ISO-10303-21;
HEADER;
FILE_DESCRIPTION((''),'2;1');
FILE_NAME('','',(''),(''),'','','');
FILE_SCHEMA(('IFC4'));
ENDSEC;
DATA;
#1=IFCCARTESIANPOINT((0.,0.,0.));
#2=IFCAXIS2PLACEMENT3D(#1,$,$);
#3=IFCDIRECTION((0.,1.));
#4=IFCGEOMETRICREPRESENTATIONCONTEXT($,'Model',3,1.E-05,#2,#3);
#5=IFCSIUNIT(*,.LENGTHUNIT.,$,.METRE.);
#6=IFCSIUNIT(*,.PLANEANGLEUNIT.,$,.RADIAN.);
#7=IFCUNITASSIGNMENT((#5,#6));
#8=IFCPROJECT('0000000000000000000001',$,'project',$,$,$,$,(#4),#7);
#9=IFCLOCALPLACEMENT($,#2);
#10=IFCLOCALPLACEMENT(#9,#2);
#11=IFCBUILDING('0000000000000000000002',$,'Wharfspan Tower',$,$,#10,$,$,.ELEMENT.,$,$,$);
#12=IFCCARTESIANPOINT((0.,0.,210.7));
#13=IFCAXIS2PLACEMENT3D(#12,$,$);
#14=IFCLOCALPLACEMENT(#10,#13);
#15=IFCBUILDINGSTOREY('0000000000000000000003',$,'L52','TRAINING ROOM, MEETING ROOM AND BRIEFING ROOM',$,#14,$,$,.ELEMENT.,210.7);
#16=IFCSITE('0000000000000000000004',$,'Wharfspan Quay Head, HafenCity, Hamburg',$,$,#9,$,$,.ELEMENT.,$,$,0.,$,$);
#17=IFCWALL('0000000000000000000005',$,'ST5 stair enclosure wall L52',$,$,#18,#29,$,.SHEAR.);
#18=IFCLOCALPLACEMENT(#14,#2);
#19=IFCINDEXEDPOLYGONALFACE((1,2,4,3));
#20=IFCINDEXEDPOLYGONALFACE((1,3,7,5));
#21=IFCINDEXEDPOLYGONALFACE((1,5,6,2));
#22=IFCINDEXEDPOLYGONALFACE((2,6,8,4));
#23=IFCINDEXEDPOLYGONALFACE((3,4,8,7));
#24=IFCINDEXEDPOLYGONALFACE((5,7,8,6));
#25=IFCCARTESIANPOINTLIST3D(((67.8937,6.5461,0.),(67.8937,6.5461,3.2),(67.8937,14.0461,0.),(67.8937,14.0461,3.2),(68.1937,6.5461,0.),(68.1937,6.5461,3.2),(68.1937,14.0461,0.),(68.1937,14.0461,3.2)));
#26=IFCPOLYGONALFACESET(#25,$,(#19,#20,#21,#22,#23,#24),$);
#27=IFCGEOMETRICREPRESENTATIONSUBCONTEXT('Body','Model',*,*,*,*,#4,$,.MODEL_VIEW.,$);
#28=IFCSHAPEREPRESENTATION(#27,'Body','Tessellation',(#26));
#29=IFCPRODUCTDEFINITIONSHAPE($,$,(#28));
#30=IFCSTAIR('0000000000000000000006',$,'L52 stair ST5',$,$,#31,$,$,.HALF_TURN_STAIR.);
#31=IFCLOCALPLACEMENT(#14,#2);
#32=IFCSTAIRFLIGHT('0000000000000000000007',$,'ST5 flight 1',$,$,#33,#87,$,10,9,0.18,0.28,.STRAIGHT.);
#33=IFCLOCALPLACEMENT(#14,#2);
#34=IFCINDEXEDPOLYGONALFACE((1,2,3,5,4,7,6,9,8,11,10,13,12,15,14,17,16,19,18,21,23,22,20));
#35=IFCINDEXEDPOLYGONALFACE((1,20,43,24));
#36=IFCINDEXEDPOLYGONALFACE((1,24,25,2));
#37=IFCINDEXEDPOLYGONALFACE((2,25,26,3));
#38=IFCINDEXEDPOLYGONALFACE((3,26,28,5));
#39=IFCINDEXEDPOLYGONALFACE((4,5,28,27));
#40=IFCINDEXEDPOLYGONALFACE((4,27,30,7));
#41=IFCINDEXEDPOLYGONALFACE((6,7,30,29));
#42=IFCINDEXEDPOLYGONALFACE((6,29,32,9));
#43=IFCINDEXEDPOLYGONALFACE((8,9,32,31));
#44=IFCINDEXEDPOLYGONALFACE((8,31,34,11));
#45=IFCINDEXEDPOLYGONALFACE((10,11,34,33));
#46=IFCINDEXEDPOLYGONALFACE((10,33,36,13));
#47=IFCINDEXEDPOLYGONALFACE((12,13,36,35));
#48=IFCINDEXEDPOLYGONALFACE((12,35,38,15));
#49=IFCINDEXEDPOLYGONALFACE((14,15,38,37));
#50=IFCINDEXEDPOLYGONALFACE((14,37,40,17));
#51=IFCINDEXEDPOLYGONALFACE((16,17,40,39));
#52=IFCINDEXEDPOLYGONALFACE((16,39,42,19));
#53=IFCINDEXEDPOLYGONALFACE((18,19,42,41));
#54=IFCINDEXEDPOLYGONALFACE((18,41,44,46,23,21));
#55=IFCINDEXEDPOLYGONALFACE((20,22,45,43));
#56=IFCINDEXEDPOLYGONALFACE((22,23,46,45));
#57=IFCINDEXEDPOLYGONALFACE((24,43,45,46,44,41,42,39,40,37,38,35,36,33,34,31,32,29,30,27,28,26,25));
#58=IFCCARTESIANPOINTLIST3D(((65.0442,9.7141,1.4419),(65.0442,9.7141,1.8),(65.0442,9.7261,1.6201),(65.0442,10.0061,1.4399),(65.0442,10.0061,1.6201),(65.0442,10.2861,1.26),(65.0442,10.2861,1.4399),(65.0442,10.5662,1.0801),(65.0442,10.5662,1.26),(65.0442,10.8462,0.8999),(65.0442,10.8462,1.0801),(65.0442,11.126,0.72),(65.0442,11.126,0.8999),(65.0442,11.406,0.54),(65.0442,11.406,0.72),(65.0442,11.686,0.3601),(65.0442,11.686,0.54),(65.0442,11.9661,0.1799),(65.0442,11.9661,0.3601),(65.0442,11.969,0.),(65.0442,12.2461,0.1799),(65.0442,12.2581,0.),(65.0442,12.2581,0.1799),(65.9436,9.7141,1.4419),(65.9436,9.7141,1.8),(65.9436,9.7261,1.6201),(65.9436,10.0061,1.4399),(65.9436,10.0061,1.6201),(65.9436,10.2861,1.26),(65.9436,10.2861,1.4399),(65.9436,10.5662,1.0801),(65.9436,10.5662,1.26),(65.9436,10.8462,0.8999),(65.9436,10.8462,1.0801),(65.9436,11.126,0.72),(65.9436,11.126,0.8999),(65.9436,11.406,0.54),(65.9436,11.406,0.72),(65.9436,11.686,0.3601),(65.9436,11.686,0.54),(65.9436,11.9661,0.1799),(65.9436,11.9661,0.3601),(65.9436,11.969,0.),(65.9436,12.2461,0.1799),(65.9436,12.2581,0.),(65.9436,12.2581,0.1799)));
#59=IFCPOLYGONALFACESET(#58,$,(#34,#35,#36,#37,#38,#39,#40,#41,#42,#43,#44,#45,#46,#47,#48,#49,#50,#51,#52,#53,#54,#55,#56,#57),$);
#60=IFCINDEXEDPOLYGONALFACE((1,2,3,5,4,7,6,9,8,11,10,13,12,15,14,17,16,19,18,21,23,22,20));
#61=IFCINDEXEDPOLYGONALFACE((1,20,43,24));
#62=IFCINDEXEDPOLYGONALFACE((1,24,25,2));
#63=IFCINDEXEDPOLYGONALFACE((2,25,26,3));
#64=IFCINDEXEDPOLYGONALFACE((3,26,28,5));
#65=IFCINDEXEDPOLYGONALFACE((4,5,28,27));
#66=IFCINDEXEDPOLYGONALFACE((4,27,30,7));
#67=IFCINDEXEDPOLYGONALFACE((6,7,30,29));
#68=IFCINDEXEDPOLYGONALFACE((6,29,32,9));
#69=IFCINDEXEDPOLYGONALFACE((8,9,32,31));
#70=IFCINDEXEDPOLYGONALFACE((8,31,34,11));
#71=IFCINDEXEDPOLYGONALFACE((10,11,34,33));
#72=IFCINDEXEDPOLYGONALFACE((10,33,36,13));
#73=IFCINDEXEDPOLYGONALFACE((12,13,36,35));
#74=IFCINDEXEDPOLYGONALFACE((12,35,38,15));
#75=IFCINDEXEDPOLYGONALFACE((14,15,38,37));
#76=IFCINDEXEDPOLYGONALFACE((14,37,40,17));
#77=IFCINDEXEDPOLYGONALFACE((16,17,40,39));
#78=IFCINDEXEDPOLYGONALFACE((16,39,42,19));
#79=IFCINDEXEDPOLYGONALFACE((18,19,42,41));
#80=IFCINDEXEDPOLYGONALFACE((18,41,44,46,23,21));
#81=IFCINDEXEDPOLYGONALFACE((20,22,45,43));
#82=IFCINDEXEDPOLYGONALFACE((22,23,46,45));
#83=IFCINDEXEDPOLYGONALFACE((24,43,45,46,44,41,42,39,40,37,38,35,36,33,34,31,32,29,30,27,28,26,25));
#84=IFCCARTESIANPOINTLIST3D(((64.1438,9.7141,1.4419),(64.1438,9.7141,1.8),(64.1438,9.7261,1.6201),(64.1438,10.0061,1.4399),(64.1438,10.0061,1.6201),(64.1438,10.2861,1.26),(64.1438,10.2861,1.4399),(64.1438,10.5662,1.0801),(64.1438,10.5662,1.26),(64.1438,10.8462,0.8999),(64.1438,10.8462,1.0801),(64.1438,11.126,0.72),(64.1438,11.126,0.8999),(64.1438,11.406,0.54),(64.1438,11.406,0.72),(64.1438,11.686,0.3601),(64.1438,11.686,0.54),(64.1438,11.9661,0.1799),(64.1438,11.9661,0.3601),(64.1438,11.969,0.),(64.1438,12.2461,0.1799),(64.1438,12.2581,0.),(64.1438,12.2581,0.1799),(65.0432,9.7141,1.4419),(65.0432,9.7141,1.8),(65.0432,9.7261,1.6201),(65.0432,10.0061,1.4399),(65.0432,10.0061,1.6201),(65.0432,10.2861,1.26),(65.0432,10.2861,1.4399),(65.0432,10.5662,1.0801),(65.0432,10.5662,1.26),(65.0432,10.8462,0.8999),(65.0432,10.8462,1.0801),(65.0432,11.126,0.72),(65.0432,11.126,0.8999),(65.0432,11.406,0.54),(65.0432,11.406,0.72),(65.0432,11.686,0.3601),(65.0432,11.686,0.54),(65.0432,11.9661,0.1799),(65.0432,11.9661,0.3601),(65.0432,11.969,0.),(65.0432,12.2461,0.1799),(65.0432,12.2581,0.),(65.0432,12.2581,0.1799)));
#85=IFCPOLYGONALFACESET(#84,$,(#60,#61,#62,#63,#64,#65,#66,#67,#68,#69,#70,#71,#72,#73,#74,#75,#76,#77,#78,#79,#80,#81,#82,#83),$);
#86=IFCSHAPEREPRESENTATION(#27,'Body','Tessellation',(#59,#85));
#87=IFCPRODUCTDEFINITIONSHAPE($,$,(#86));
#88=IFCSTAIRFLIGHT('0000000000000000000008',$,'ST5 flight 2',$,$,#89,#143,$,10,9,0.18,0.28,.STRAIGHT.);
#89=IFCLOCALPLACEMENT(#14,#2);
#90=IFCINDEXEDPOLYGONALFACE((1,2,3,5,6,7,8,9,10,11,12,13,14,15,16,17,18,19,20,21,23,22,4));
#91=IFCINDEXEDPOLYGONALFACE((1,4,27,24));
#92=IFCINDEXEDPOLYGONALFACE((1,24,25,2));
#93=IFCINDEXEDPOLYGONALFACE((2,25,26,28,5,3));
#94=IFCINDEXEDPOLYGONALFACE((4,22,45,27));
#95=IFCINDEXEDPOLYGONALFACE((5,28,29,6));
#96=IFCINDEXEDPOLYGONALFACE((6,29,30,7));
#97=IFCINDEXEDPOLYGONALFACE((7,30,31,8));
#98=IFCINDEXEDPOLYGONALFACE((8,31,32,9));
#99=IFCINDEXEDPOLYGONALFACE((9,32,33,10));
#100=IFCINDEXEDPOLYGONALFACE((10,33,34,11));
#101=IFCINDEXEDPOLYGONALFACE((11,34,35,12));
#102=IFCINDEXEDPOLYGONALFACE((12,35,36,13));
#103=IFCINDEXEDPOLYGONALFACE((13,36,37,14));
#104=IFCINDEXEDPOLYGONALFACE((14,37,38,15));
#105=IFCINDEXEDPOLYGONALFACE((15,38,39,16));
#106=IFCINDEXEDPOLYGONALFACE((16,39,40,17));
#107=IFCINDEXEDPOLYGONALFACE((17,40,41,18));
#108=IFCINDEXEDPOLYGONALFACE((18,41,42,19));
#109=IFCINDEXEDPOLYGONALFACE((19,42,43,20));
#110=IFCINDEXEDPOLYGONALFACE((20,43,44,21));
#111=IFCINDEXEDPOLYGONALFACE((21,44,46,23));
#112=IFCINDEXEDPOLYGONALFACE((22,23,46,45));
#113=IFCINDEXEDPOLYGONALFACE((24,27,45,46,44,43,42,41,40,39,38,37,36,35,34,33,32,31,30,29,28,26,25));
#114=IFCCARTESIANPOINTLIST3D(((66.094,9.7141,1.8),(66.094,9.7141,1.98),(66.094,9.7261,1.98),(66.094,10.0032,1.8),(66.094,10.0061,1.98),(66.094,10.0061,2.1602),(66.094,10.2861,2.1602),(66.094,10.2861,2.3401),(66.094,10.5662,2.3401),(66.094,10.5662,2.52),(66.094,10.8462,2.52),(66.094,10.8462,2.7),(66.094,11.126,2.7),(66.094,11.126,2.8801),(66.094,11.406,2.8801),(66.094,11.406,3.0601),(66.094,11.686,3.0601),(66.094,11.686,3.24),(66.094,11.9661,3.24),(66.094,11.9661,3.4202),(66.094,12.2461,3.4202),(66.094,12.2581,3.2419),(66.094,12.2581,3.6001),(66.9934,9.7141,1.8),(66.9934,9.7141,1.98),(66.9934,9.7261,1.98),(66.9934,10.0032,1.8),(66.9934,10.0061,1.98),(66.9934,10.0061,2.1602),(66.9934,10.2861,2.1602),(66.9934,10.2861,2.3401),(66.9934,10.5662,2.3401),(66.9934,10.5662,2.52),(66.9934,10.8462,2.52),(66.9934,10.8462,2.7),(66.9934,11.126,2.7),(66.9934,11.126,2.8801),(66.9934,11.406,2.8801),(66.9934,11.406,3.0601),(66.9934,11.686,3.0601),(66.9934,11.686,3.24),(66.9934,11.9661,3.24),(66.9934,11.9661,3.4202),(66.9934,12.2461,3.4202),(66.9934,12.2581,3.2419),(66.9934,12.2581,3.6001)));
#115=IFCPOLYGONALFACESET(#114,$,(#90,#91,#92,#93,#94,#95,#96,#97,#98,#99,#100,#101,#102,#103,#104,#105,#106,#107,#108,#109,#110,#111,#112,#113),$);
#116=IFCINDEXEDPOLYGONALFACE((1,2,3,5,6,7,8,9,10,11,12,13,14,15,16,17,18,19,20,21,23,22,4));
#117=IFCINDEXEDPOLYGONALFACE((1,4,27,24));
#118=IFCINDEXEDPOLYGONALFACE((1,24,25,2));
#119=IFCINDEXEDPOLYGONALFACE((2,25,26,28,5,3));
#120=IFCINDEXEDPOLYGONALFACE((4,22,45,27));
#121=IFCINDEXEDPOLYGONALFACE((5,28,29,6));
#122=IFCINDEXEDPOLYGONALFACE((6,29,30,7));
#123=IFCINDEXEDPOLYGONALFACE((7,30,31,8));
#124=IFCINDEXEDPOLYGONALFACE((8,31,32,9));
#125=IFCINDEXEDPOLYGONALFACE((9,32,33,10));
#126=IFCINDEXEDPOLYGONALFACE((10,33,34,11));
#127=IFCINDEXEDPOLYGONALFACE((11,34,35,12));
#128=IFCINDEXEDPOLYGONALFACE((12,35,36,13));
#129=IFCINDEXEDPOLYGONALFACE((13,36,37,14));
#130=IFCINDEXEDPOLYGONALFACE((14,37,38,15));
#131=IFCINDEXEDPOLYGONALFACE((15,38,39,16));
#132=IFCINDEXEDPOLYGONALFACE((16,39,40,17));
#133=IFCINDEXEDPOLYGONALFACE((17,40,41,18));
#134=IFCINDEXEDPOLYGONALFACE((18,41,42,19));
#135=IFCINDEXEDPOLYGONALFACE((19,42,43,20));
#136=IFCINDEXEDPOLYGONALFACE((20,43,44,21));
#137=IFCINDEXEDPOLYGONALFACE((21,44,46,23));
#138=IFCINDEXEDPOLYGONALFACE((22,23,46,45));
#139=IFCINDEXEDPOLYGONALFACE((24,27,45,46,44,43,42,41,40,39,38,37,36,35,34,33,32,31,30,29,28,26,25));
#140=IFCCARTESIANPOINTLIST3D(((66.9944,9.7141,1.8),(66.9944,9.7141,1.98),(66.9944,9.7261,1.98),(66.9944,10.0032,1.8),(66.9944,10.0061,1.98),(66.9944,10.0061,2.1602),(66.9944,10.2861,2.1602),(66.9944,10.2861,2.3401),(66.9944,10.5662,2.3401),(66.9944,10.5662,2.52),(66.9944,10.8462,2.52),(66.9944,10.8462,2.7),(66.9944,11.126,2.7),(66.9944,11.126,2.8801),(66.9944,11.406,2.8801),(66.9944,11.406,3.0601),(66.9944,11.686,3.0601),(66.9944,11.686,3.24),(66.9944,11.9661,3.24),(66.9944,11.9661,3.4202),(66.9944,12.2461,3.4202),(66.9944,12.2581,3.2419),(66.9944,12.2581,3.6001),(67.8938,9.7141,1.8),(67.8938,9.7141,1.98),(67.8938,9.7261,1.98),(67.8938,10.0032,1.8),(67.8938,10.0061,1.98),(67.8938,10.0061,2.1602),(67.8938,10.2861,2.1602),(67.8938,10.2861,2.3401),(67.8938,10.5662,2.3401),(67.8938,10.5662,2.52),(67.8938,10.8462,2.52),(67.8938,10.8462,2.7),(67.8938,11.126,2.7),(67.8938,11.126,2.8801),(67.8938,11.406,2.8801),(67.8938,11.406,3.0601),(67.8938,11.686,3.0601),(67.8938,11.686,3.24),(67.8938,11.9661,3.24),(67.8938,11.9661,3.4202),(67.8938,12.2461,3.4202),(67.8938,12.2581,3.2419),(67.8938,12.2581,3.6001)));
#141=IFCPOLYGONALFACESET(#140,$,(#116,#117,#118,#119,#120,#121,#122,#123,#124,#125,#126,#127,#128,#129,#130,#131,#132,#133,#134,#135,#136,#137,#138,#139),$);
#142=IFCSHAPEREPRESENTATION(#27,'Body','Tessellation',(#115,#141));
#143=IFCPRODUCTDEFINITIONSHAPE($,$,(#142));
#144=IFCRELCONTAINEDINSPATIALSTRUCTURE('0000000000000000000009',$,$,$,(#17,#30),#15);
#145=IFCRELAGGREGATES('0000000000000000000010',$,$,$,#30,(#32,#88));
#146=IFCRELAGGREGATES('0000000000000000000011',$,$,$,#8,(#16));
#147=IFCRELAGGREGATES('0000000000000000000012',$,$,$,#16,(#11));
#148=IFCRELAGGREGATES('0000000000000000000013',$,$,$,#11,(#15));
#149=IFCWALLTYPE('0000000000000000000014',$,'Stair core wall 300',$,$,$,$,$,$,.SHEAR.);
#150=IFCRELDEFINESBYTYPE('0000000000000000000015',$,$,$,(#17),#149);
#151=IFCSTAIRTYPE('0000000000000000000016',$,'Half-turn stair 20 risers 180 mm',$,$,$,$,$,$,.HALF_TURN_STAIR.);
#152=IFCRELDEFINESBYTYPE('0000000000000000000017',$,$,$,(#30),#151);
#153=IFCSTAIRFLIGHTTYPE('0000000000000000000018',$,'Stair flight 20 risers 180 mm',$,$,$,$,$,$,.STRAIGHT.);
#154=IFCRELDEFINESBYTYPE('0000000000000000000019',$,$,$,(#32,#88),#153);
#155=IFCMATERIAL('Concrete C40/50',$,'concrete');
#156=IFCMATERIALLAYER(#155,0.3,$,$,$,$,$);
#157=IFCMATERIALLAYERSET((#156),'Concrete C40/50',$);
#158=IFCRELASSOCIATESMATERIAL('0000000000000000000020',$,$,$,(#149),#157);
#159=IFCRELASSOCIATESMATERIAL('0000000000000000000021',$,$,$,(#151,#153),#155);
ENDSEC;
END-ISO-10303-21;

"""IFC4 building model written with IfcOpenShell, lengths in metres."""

from ifc_helpers import new_model, si_unit, direction, frame, frame_2d, origin, place, context, subcontext, project, spatial, polyline, rectangle, outline, extrude, material, layer, layer_set, type_object, element, aggregate, save


model = new_model("IFC4")

# Units and contexts
model_context = context("Model", 3, precision=1e-05, world=origin(), true_north=direction((0.0, 1.0)))
body_context = subcontext(model_context, "Body", "Model", "MODEL_VIEW")
ifc_project = project(units=[si_unit("LENGTHUNIT", "METRE"), si_unit("PLANEANGLEUNIT", "RADIAN")], contexts=[model_context])

# Site, building, storey
site_placement = place(None, origin())
site = spatial("IfcSite", under=ifc_project, at=site_placement, Name="Wharfspan Quay Head, HafenCity, Hamburg", CompositionType="ELEMENT", RefElevation=0.0)
building_placement = place(site_placement, origin())
building = spatial("IfcBuilding", under=site, at=building_placement, Name="Wharfspan Tower", CompositionType="ELEMENT")
storey_placement = place(building_placement, frame((0.0, 0.0, 210.7)))
storey = spatial("IfcBuildingStorey", under=building, at=storey_placement, Name="L52", Description="TRAINING ROOM, MEETING ROOM AND BRIEFING ROOM", CompositionType="ELEMENT", Elevation=210.7)

# Wall
ifc_material_1 = material(Name="Concrete C40/50", Category="concrete")
ifc_layer_1 = layer(ifc_material_1, 0.3)
ifc_layer_set_1 = layer_set([ifc_layer_1], Name="Concrete C40/50")
wall_type_1 = type_object("IfcWallType", Name="Stair core wall 300", PredefinedType="SHEAR", material=ifc_layer_set_1)
wall_1_placement = place(storey_placement, frame((68.0437, 6.5461, 0.0), z_axis=(0.0, 0.0, 1.0), x_axis=(0.0, 1.0, 0.0)))
element("IfcWall", 1, at=wall_1_placement, inside=storey, type_object=wall_type_1, Name="ST5 stair enclosure wall L52", PredefinedType="SHEAR", context=body_context, shape_type="SweptSolid", body=[
    extrude(rectangle(XDim=7.5, YDim=0.3, at=frame_2d((3.75, 0.0))), origin(), (0.0, 0.0, 1.0), 3.2),
])

# Stair, stair flights
stair_type = type_object("IfcStairType", Name="Half-turn stair 20 risers 180 mm", PredefinedType="HALF_TURN_STAIR", material=ifc_material_1)
stair_placement = place(storey_placement, origin())
stair = element("IfcStair", 2, at=stair_placement, inside=storey, type_object=stair_type, Name="L52 stair ST5", PredefinedType="HALF_TURN_STAIR")
stair_flight_type = type_object("IfcStairFlightType", Name="Stair flight 20 risers 180 mm", PredefinedType="STRAIGHT", material=ifc_material_1)
stair_flight_1_placement = place(storey_placement, frame((65.0437, 12.2461, 0.0), z_axis=(0.0, 0.0, 1.0), x_axis=(0.0, -1.0, 0.0)))
stair_flight_1 = element("IfcStairFlight", 3, at=stair_flight_1_placement, type_object=stair_flight_type, Name="ST5 flight 1", NumberOfRisers=10, NumberOfTreads=9, PredefinedType="STRAIGHT", RiserHeight=0.18, TreadLength=0.28, context=body_context, shape_type="SweptSolid", body=[
    extrude(outline(polyline([(-0.012, 0.0), (-0.012, 0.1799), (0.0, 0.1799), (0.28, 0.1799), (0.28, 0.3601), (0.5601, 0.3601), (0.5601, 0.54), (0.8401, 0.54), (0.8401, 0.72), (1.1201, 0.72), (1.1201, 0.8999), (1.3999, 0.8999), (1.3999, 1.0801), (1.6799, 1.0801), (1.6799, 1.26), (1.96, 1.26), (1.96, 1.4399), (2.24, 1.4399), (2.24, 1.6201), (2.52, 1.6201), (2.532, 1.8), (2.532, 1.4419), (0.2771, 0.0), (-0.012, 0.0)])), frame((0.0, 0.8999, 0.0), z_axis=(0.0, -1.0, 0.0), x_axis=(1.0, 0.0, 0.0)), (0.0, 0.0, 1.0), 0.8994),
    extrude(outline(polyline([(-0.012, 0.0), (-0.012, 0.1799), (0.0, 0.1799), (0.28, 0.1799), (0.28, 0.3601), (0.5601, 0.3601), (0.5601, 0.54), (0.8401, 0.54), (0.8401, 0.72), (1.1201, 0.72), (1.1201, 0.8999), (1.3999, 0.8999), (1.3999, 1.0801), (1.6799, 1.0801), (1.6799, 1.26), (1.96, 1.26), (1.96, 1.4399), (2.24, 1.4399), (2.24, 1.6201), (2.52, 1.6201), (2.532, 1.8), (2.532, 1.4419), (0.2771, 0.0), (-0.012, 0.0)])), frame((0.0, -0.0005, 0.0), z_axis=(0.0, -1.0, 0.0), x_axis=(1.0, 0.0, 0.0)), (0.0, 0.0, 1.0), 0.8994),
])
stair_flight_2_placement = place(storey_placement, frame((66.9939, 9.7261, 1.8), z_axis=(0.0, 0.0, 1.0), x_axis=(0.0, 1.0, 0.0)))
stair_flight_2 = element("IfcStairFlight", 4, at=stair_flight_2_placement, type_object=stair_flight_type, Name="ST5 flight 2", NumberOfRisers=10, NumberOfTreads=9, PredefinedType="STRAIGHT", RiserHeight=0.18, TreadLength=0.28, context=body_context, shape_type="SweptSolid", body=[
    extrude(outline(polyline([(-0.012, 0.0), (-0.012, 0.1799), (0.0, 0.1799), (0.28, 0.1799), (0.28, 0.3601), (0.5601, 0.3601), (0.5601, 0.54), (0.8401, 0.54), (0.8401, 0.72), (1.1201, 0.72), (1.1201, 0.8999), (1.3999, 0.8999), (1.3999, 1.0801), (1.6799, 1.0801), (1.6799, 1.26), (1.96, 1.26), (1.96, 1.4399), (2.24, 1.4399), (2.24, 1.6201), (2.52, 1.6201), (2.532, 1.8), (2.532, 1.4419), (0.2771, 0.0), (-0.012, 0.0)])), frame((0.0, 0.8999, 0.0), z_axis=(0.0, -1.0, 0.0), x_axis=(1.0, 0.0, 0.0)), (0.0, 0.0, 1.0), 0.8994),
    extrude(outline(polyline([(-0.012, 0.0), (-0.012, 0.1799), (0.0, 0.1799), (0.28, 0.1799), (0.28, 0.3601), (0.5601, 0.3601), (0.5601, 0.54), (0.8401, 0.54), (0.8401, 0.72), (1.1201, 0.72), (1.1201, 0.8999), (1.3999, 0.8999), (1.3999, 1.0801), (1.6799, 1.0801), (1.6799, 1.26), (1.96, 1.26), (1.96, 1.4399), (2.24, 1.4399), (2.24, 1.6201), (2.52, 1.6201), (2.532, 1.8), (2.532, 1.4419), (0.2771, 0.0), (-0.012, 0.0)])), frame((0.0, -0.0005, 0.0), z_axis=(0.0, -1.0, 0.0), x_axis=(1.0, 0.0, 0.0)), (0.0, 0.0, 1.0), 0.8994),
])
aggregate(stair, [stair_flight_1, stair_flight_2])

save(model, "model.ifc")
